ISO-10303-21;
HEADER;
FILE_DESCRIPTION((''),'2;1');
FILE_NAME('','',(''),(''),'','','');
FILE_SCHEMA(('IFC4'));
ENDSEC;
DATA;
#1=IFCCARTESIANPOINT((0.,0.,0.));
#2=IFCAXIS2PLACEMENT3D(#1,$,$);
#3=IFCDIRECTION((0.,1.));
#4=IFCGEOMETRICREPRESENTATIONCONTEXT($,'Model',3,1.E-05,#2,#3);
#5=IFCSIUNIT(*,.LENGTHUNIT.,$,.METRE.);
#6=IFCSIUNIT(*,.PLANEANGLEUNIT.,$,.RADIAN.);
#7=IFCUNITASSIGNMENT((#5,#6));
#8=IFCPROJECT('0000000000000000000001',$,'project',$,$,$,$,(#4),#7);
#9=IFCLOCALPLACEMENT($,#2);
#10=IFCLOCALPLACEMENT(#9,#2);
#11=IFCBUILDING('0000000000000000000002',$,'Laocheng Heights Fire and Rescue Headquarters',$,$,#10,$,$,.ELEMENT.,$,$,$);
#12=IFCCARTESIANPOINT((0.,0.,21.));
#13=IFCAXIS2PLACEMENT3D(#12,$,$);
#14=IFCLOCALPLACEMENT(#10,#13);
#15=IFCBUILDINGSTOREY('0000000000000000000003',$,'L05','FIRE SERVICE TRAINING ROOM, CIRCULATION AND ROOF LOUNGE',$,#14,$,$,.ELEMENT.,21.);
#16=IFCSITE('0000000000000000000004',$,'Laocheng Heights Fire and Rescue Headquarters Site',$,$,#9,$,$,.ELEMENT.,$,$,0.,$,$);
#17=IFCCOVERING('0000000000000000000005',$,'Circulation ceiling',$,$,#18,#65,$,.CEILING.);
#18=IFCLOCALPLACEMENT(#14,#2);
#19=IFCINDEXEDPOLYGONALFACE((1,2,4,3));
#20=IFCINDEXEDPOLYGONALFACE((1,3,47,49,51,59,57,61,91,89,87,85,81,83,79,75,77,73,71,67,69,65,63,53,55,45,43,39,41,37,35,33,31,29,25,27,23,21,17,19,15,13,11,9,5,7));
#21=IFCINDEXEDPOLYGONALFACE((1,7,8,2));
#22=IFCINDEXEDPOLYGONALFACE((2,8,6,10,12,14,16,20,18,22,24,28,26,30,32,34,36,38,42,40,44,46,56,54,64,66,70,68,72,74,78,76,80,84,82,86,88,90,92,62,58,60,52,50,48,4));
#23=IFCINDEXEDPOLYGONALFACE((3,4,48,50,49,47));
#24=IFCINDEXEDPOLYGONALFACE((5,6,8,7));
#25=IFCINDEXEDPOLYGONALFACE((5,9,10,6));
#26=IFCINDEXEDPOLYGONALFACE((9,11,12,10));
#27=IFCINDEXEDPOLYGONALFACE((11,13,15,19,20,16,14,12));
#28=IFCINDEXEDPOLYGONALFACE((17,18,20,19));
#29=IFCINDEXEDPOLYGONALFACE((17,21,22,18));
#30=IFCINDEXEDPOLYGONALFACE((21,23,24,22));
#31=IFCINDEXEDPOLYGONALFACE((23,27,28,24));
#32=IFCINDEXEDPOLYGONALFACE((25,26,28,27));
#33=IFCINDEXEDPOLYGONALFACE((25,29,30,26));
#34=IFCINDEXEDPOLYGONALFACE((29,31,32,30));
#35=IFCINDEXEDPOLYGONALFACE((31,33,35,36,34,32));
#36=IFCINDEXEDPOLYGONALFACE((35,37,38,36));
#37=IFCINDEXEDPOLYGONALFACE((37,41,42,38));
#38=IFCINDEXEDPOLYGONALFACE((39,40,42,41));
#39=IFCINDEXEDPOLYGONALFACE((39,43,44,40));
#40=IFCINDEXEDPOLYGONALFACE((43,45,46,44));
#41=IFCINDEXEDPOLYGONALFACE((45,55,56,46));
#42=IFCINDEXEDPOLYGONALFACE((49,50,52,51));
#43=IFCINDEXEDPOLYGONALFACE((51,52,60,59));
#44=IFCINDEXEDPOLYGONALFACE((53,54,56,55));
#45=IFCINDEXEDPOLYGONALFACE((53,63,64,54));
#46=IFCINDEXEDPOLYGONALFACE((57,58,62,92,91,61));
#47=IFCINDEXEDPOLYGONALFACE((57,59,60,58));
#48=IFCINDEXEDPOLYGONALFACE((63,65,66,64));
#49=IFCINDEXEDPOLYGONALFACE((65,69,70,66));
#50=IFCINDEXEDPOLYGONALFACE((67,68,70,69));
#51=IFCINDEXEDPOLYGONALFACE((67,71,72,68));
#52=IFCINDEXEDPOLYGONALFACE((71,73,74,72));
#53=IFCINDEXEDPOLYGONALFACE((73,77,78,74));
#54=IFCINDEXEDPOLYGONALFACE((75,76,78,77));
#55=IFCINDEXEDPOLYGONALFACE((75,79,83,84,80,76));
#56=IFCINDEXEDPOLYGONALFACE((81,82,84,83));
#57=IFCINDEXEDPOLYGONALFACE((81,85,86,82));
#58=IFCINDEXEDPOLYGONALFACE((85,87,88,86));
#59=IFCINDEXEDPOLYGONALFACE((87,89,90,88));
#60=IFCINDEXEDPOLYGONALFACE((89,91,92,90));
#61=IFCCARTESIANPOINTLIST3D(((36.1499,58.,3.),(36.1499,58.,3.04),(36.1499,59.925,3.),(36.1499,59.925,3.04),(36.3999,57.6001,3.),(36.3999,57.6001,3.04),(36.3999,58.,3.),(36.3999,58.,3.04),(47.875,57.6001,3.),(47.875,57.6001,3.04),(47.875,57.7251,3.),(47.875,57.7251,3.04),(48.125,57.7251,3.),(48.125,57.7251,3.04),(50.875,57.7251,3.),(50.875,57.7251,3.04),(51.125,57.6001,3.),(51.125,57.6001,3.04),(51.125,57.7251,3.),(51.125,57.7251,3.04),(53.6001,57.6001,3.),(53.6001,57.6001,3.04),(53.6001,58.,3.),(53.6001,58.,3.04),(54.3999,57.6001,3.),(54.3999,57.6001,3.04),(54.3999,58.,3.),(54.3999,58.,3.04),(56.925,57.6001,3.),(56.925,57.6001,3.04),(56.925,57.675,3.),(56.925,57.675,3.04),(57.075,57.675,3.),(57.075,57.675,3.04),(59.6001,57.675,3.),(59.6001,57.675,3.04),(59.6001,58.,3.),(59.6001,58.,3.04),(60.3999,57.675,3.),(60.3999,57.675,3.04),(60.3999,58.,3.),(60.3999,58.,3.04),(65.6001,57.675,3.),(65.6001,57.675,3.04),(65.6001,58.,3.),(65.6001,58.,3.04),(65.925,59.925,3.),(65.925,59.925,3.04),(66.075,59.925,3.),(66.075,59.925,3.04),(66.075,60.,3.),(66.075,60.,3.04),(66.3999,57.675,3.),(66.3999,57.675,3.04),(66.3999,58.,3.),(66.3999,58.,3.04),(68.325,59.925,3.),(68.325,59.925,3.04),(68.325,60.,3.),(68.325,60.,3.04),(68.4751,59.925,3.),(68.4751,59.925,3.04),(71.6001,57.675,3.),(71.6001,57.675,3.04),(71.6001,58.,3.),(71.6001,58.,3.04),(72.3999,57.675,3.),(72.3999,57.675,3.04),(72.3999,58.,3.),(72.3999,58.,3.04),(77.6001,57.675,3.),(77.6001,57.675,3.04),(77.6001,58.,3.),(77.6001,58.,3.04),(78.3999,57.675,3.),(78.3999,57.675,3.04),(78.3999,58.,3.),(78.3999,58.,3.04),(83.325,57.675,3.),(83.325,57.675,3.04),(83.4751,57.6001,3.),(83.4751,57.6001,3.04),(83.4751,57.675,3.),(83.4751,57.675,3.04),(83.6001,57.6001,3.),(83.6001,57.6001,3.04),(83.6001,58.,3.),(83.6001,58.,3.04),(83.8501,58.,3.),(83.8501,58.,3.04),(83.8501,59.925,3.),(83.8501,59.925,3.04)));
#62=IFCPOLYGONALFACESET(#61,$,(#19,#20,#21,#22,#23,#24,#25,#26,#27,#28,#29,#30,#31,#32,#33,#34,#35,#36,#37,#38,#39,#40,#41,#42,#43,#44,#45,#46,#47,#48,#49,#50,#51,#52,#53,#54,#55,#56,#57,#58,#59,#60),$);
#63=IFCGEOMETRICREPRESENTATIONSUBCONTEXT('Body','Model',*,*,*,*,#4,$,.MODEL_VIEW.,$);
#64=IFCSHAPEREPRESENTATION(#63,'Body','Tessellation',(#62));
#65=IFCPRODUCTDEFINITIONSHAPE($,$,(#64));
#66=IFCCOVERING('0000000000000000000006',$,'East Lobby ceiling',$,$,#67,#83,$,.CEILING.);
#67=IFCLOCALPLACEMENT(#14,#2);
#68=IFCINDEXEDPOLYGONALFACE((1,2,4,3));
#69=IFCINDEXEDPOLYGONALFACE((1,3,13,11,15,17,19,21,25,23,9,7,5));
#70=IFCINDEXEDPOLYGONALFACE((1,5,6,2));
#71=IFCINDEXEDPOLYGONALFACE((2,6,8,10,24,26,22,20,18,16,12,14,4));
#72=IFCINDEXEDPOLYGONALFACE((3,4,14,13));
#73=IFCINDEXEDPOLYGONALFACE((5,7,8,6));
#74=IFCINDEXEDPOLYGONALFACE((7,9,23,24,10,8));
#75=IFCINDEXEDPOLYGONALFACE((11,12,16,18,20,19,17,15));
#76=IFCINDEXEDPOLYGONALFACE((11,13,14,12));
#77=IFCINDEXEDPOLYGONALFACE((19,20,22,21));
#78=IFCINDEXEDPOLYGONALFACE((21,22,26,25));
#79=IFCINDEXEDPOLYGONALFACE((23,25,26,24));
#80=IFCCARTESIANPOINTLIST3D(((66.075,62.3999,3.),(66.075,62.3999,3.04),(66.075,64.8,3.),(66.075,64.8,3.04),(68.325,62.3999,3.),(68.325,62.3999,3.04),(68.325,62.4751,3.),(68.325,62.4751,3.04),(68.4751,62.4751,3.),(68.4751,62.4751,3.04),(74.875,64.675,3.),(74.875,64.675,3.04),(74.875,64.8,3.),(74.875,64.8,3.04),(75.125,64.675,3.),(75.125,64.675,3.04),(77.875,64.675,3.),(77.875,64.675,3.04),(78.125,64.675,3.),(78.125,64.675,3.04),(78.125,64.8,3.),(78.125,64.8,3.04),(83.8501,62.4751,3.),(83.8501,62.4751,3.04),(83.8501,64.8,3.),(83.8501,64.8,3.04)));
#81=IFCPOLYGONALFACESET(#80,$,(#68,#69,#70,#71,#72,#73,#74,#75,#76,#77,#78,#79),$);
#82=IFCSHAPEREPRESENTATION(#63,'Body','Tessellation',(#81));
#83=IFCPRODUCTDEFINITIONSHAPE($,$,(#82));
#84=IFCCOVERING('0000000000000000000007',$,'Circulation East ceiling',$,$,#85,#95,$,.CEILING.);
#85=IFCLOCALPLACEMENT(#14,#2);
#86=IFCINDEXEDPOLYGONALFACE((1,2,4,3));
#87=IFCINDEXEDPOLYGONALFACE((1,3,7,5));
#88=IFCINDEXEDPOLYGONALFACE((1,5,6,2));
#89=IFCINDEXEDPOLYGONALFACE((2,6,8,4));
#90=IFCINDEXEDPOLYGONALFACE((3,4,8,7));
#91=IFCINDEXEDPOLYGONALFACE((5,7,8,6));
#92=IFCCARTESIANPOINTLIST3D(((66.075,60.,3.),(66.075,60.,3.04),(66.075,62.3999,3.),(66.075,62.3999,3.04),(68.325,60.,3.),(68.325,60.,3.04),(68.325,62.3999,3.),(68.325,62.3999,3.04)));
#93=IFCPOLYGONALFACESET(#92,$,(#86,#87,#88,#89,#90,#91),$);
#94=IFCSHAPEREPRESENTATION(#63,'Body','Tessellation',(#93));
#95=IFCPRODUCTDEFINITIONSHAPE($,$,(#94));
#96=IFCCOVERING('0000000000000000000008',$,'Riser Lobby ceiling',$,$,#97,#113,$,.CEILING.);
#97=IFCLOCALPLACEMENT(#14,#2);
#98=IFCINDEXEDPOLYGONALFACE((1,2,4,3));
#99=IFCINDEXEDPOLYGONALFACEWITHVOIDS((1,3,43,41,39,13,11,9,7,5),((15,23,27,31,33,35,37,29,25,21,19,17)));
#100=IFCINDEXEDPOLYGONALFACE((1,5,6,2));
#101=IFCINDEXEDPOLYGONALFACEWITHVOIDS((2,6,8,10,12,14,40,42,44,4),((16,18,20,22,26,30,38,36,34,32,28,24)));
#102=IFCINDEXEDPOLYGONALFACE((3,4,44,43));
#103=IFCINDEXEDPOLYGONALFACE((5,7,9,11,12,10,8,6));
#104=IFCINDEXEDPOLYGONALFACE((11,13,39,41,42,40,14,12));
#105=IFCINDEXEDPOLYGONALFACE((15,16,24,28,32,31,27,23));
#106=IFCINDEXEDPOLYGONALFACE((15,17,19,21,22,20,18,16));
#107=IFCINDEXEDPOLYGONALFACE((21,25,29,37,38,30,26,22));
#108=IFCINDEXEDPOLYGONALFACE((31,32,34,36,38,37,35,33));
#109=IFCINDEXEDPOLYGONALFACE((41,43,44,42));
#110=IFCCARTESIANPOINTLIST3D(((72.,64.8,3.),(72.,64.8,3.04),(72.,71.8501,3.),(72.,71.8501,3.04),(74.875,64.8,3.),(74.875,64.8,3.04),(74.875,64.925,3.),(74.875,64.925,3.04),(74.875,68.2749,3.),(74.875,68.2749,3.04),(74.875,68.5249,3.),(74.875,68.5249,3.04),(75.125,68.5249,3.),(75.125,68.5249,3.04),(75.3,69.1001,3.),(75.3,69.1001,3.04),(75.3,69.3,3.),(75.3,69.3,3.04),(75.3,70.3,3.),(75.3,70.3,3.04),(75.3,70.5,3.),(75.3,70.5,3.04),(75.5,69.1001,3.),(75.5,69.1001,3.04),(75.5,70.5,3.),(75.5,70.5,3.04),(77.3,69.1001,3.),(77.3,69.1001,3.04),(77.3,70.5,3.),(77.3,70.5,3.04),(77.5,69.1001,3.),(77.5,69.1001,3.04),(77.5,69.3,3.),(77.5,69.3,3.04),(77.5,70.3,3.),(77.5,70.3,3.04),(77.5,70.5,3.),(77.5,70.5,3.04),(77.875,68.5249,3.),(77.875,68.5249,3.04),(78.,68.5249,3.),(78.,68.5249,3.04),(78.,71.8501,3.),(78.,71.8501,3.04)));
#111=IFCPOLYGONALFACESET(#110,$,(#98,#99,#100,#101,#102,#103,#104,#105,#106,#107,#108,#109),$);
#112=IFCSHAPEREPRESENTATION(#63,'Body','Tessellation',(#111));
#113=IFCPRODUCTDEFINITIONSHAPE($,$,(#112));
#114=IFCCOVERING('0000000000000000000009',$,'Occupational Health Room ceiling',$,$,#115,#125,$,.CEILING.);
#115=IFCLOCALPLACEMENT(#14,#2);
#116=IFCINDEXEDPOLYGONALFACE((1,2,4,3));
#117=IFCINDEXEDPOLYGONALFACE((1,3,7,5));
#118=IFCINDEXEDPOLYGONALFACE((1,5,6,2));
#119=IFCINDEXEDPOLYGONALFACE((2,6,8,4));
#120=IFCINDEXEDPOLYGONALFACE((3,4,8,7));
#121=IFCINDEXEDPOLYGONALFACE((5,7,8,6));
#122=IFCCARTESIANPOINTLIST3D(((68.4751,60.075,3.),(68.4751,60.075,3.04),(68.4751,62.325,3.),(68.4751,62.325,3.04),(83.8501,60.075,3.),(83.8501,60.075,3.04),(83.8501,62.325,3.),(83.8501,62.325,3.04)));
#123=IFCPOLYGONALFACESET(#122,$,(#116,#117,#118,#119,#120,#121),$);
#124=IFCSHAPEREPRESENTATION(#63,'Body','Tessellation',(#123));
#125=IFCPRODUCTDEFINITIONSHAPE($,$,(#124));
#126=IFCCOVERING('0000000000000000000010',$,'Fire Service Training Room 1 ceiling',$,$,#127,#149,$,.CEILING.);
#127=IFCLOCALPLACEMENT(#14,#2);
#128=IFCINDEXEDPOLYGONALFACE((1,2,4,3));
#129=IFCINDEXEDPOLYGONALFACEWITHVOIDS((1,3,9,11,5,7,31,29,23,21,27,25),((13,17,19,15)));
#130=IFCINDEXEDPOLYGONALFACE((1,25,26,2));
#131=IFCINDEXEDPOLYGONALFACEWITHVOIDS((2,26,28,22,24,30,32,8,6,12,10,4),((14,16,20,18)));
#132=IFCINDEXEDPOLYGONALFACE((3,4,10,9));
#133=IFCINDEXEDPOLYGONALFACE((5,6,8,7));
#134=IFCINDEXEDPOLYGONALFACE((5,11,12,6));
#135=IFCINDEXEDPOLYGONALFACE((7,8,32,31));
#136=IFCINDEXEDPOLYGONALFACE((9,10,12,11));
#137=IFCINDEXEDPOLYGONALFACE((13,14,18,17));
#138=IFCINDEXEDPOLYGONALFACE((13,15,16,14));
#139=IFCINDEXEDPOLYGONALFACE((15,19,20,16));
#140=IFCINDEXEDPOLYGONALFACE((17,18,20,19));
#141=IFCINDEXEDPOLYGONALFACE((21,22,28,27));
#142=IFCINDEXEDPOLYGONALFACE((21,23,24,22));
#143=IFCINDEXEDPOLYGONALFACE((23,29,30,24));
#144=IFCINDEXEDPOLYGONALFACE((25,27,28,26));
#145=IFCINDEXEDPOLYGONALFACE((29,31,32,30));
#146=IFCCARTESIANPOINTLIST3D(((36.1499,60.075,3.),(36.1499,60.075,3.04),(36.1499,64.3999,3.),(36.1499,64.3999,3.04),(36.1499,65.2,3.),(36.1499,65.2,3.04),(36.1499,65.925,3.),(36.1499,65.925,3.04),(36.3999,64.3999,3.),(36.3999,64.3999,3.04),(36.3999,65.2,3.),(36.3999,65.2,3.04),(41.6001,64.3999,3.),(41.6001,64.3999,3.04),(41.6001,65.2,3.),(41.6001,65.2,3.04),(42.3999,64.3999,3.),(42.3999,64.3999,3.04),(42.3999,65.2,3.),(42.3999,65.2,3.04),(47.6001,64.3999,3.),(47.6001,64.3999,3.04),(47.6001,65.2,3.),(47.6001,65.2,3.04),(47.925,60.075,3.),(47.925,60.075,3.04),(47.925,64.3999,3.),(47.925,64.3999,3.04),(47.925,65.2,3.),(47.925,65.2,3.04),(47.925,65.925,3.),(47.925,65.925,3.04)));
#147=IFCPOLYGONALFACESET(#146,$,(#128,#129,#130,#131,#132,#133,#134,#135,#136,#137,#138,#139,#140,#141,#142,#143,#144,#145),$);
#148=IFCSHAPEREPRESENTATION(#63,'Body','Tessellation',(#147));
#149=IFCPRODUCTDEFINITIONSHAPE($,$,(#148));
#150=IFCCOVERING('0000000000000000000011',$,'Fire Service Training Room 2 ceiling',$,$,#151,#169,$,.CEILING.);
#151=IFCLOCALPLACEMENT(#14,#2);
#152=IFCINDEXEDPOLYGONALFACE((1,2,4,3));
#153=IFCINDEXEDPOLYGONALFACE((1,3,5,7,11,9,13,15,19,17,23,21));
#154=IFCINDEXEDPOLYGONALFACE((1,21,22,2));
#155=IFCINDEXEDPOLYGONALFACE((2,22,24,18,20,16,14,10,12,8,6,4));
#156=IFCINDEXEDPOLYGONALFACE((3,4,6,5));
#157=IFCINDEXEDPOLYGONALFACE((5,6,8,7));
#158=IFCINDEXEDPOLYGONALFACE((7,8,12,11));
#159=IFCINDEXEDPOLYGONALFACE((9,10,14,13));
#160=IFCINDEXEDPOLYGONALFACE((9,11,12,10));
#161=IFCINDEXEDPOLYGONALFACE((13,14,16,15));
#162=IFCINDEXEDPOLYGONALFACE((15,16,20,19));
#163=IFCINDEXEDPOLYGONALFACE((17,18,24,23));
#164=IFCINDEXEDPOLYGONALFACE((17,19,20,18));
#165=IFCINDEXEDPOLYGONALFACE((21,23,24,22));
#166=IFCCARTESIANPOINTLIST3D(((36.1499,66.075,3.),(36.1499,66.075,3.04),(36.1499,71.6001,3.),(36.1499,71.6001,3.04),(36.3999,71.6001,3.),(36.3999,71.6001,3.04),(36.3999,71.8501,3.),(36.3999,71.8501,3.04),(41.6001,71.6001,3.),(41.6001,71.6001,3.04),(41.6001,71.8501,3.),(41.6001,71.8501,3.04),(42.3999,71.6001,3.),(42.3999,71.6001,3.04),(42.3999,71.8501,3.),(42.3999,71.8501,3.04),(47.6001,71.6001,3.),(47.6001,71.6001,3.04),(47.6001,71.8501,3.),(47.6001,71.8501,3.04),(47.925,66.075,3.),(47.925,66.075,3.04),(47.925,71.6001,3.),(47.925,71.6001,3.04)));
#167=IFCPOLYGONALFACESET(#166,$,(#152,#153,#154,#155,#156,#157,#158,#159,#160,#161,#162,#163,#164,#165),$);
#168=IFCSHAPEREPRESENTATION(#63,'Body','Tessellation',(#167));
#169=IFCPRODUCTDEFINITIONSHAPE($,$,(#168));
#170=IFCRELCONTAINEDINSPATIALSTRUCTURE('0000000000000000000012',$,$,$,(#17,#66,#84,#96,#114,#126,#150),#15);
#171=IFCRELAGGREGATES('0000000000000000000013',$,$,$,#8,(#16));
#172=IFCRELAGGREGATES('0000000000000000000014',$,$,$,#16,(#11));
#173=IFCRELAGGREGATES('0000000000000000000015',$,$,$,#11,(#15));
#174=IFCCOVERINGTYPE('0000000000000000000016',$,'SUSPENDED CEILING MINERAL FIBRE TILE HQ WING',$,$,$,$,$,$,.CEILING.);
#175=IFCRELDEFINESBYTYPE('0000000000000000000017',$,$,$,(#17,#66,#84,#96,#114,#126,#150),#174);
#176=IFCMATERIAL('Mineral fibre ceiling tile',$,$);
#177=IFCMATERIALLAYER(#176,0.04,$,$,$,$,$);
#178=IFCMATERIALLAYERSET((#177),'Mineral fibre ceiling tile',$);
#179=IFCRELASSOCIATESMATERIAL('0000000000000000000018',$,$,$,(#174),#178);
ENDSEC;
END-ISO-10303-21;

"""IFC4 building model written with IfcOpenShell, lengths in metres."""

from ifc_helpers import new_model, si_unit, direction, frame, origin, place, context, subcontext, project, spatial, polyline, outline, extrude, material, layer, layer_set, type_object, element, save


model = new_model("IFC4")

# Units and contexts
model_context = context("Model", 3, precision=1e-05, world=origin(), true_north=direction((0.0, 1.0)))
body_context = subcontext(model_context, "Body", "Model", "MODEL_VIEW")
ifc_project = project(units=[si_unit("LENGTHUNIT", "METRE"), si_unit("PLANEANGLEUNIT", "RADIAN")], contexts=[model_context])

# Site, building, storey
site_placement = place(None, origin())
site = spatial("IfcSite", under=ifc_project, at=site_placement, Name="Laocheng Heights Fire and Rescue Headquarters Site", CompositionType="ELEMENT", RefElevation=0.0)
building_placement = place(site_placement, origin())
building = spatial("IfcBuilding", under=site, at=building_placement, Name="Laocheng Heights Fire and Rescue Headquarters", CompositionType="ELEMENT")
storey_placement = place(building_placement, frame((0.0, 0.0, 21.0)))
storey = spatial("IfcBuildingStorey", under=building, at=storey_placement, Name="L05", Description="FIRE SERVICE TRAINING ROOM, CIRCULATION AND ROOF LOUNGE", CompositionType="ELEMENT", Elevation=21.0)

# Coverings
ifc_material_1 = material(Name="Mineral fibre ceiling tile")
ifc_layer_1 = layer(ifc_material_1, 0.04)
ifc_layer_set_1 = layer_set([ifc_layer_1], Name="Mineral fibre ceiling tile")
covering_type_1 = type_object("IfcCoveringType", Name="SUSPENDED CEILING MINERAL FIBRE TILE HQ WING", PredefinedType="CEILING", material=ifc_layer_set_1)
covering_1_placement = place(storey_placement, frame((0.0, 0.0, 3.0)))
element("IfcCovering", 1, at=covering_1_placement, inside=storey, type_object=covering_type_1, Name="Circulation ceiling", PredefinedType="CEILING", context=body_context, shape_type="SweptSolid", body=[
    extrude(outline(polyline([(68.325, 59.925), (68.4751, 59.925), (83.8501, 59.925), (83.8501, 58.0), (83.6001, 58.0), (83.6001, 57.6001), (83.4751, 57.6001), (83.4751, 57.675), (83.325, 57.675), (78.3999, 57.675), (78.3999, 58.0), (77.6001, 58.0), (77.6001, 57.675), (72.3999, 57.675), (72.3999, 58.0), (71.6001, 58.0), (71.6001, 57.675), (66.3999, 57.675), (66.3999, 58.0), (65.6001, 58.0), (65.6001, 57.675), (60.3999, 57.675), (60.3999, 58.0), (59.6001, 58.0), (59.6001, 57.675), (57.075, 57.675), (56.925, 57.675), (56.925, 57.6001), (54.3999, 57.6001), (54.3999, 58.0), (53.6001, 58.0), (53.6001, 57.6001), (51.125, 57.6001), (51.125, 57.7251), (50.875, 57.7251), (48.125, 57.7251), (47.875, 57.7251), (47.875, 57.6001), (36.3999, 57.6001), (36.3999, 58.0), (36.1499, 58.0), (36.1499, 59.925), (65.925, 59.925), (66.075, 59.925), (66.075, 60.0), (68.325, 60.0), (68.325, 59.925)])), origin(), (0.0, 0.0, 1.0), 0.04),
])
covering_2_placement = place(storey_placement, frame((0.0, 0.0, 3.0)))
element("IfcCovering", 2, at=covering_2_placement, inside=storey, type_object=covering_type_1, Name="East Lobby ceiling", PredefinedType="CEILING", context=body_context, shape_type="SweptSolid", body=[
    extrude(outline(polyline([(83.8501, 62.4751), (68.4751, 62.4751), (68.325, 62.4751), (68.325, 62.3999), (66.075, 62.3999), (66.075, 64.8), (74.875, 64.8), (74.875, 64.675), (75.125, 64.675), (77.875, 64.675), (78.125, 64.675), (78.125, 64.8), (83.8501, 64.8), (83.8501, 62.4751)])), origin(), (0.0, 0.0, 1.0), 0.04),
])
covering_3_placement = place(storey_placement, frame((0.0, 0.0, 3.0)))
element("IfcCovering", 3, at=covering_3_placement, inside=storey, type_object=covering_type_1, Name="Circulation East ceiling", PredefinedType="CEILING", context=body_context, shape_type="SweptSolid", body=[
    extrude(outline(polyline([(68.325, 60.0), (66.075, 60.0), (66.075, 62.3999), (68.325, 62.3999), (68.325, 60.0)])), origin(), (0.0, 0.0, 1.0), 0.04),
])
covering_4_placement = place(storey_placement, frame((0.0, 0.0, 3.0)))
element("IfcCovering", 4, at=covering_4_placement, inside=storey, type_object=covering_type_1, Name="Riser Lobby ceiling", PredefinedType="CEILING", context=body_context, shape_type="SweptSolid", body=[
    extrude(outline(polyline([(72.0, 71.8501), (78.0, 71.8501), (78.0, 68.5249), (77.875, 68.5249), (75.125, 68.5249), (74.875, 68.5249), (74.875, 68.2749), (74.875, 64.925), (74.875, 64.8), (72.0, 64.8), (72.0, 71.8501)]), holes=[polyline([(75.3, 69.1001), (75.5, 69.1001), (77.3, 69.1001), (77.5, 69.1001), (77.5, 69.3), (77.5, 70.3), (77.5, 70.5), (77.3, 70.5), (75.5, 70.5), (75.3, 70.5), (75.3, 70.3), (75.3, 69.3), (75.3, 69.1001)])]), origin(), (0.0, 0.0, 1.0), 0.04),
])
covering_5_placement = place(storey_placement, frame((0.0, 0.0, 3.0)))
element("IfcCovering", 5, at=covering_5_placement, inside=storey, type_object=covering_type_1, Name="Occupational Health Room ceiling", PredefinedType="CEILING", context=body_context, shape_type="SweptSolid", body=[
    extrude(outline(polyline([(68.4751, 62.325), (83.8501, 62.325), (83.8501, 60.075), (68.4751, 60.075), (68.4751, 62.325)])), origin(), (0.0, 0.0, 1.0), 0.04),
])
covering_6_placement = place(storey_placement, frame((0.0, 0.0, 3.0)))
element("IfcCovering", 6, at=covering_6_placement, inside=storey, type_object=covering_type_1, Name="Fire Service Training Room 1 ceiling", PredefinedType="CEILING", context=body_context, shape_type="SweptSolid", body=[
    extrude(outline(polyline([(47.925, 65.2), (47.6001, 65.2), (47.6001, 64.3999), (47.925, 64.3999), (47.925, 60.075), (36.1499, 60.075), (36.1499, 64.3999), (36.3999, 64.3999), (36.3999, 65.2), (36.1499, 65.2), (36.1499, 65.925), (47.925, 65.925), (47.925, 65.2)]), holes=[polyline([(42.3999, 64.3999), (42.3999, 65.2), (41.6001, 65.2), (41.6001, 64.3999), (42.3999, 64.3999)])]), origin(), (0.0, 0.0, 1.0), 0.04),
])
covering_7_placement = place(storey_placement, frame((0.0, 0.0, 3.0)))
element("IfcCovering", 7, at=covering_7_placement, inside=storey, type_object=covering_type_1, Name="Fire Service Training Room 2 ceiling", PredefinedType="CEILING", context=body_context, shape_type="SweptSolid", body=[
    extrude(outline(polyline([(41.6001, 71.8501), (41.6001, 71.6001), (42.3999, 71.6001), (42.3999, 71.8501), (47.6001, 71.8501), (47.6001, 71.6001), (47.925, 71.6001), (47.925, 66.075), (36.1499, 66.075), (36.1499, 71.6001), (36.3999, 71.6001), (36.3999, 71.8501), (41.6001, 71.8501)])), origin(), (0.0, 0.0, 1.0), 0.04),
])

save(model, "model.ifc")
